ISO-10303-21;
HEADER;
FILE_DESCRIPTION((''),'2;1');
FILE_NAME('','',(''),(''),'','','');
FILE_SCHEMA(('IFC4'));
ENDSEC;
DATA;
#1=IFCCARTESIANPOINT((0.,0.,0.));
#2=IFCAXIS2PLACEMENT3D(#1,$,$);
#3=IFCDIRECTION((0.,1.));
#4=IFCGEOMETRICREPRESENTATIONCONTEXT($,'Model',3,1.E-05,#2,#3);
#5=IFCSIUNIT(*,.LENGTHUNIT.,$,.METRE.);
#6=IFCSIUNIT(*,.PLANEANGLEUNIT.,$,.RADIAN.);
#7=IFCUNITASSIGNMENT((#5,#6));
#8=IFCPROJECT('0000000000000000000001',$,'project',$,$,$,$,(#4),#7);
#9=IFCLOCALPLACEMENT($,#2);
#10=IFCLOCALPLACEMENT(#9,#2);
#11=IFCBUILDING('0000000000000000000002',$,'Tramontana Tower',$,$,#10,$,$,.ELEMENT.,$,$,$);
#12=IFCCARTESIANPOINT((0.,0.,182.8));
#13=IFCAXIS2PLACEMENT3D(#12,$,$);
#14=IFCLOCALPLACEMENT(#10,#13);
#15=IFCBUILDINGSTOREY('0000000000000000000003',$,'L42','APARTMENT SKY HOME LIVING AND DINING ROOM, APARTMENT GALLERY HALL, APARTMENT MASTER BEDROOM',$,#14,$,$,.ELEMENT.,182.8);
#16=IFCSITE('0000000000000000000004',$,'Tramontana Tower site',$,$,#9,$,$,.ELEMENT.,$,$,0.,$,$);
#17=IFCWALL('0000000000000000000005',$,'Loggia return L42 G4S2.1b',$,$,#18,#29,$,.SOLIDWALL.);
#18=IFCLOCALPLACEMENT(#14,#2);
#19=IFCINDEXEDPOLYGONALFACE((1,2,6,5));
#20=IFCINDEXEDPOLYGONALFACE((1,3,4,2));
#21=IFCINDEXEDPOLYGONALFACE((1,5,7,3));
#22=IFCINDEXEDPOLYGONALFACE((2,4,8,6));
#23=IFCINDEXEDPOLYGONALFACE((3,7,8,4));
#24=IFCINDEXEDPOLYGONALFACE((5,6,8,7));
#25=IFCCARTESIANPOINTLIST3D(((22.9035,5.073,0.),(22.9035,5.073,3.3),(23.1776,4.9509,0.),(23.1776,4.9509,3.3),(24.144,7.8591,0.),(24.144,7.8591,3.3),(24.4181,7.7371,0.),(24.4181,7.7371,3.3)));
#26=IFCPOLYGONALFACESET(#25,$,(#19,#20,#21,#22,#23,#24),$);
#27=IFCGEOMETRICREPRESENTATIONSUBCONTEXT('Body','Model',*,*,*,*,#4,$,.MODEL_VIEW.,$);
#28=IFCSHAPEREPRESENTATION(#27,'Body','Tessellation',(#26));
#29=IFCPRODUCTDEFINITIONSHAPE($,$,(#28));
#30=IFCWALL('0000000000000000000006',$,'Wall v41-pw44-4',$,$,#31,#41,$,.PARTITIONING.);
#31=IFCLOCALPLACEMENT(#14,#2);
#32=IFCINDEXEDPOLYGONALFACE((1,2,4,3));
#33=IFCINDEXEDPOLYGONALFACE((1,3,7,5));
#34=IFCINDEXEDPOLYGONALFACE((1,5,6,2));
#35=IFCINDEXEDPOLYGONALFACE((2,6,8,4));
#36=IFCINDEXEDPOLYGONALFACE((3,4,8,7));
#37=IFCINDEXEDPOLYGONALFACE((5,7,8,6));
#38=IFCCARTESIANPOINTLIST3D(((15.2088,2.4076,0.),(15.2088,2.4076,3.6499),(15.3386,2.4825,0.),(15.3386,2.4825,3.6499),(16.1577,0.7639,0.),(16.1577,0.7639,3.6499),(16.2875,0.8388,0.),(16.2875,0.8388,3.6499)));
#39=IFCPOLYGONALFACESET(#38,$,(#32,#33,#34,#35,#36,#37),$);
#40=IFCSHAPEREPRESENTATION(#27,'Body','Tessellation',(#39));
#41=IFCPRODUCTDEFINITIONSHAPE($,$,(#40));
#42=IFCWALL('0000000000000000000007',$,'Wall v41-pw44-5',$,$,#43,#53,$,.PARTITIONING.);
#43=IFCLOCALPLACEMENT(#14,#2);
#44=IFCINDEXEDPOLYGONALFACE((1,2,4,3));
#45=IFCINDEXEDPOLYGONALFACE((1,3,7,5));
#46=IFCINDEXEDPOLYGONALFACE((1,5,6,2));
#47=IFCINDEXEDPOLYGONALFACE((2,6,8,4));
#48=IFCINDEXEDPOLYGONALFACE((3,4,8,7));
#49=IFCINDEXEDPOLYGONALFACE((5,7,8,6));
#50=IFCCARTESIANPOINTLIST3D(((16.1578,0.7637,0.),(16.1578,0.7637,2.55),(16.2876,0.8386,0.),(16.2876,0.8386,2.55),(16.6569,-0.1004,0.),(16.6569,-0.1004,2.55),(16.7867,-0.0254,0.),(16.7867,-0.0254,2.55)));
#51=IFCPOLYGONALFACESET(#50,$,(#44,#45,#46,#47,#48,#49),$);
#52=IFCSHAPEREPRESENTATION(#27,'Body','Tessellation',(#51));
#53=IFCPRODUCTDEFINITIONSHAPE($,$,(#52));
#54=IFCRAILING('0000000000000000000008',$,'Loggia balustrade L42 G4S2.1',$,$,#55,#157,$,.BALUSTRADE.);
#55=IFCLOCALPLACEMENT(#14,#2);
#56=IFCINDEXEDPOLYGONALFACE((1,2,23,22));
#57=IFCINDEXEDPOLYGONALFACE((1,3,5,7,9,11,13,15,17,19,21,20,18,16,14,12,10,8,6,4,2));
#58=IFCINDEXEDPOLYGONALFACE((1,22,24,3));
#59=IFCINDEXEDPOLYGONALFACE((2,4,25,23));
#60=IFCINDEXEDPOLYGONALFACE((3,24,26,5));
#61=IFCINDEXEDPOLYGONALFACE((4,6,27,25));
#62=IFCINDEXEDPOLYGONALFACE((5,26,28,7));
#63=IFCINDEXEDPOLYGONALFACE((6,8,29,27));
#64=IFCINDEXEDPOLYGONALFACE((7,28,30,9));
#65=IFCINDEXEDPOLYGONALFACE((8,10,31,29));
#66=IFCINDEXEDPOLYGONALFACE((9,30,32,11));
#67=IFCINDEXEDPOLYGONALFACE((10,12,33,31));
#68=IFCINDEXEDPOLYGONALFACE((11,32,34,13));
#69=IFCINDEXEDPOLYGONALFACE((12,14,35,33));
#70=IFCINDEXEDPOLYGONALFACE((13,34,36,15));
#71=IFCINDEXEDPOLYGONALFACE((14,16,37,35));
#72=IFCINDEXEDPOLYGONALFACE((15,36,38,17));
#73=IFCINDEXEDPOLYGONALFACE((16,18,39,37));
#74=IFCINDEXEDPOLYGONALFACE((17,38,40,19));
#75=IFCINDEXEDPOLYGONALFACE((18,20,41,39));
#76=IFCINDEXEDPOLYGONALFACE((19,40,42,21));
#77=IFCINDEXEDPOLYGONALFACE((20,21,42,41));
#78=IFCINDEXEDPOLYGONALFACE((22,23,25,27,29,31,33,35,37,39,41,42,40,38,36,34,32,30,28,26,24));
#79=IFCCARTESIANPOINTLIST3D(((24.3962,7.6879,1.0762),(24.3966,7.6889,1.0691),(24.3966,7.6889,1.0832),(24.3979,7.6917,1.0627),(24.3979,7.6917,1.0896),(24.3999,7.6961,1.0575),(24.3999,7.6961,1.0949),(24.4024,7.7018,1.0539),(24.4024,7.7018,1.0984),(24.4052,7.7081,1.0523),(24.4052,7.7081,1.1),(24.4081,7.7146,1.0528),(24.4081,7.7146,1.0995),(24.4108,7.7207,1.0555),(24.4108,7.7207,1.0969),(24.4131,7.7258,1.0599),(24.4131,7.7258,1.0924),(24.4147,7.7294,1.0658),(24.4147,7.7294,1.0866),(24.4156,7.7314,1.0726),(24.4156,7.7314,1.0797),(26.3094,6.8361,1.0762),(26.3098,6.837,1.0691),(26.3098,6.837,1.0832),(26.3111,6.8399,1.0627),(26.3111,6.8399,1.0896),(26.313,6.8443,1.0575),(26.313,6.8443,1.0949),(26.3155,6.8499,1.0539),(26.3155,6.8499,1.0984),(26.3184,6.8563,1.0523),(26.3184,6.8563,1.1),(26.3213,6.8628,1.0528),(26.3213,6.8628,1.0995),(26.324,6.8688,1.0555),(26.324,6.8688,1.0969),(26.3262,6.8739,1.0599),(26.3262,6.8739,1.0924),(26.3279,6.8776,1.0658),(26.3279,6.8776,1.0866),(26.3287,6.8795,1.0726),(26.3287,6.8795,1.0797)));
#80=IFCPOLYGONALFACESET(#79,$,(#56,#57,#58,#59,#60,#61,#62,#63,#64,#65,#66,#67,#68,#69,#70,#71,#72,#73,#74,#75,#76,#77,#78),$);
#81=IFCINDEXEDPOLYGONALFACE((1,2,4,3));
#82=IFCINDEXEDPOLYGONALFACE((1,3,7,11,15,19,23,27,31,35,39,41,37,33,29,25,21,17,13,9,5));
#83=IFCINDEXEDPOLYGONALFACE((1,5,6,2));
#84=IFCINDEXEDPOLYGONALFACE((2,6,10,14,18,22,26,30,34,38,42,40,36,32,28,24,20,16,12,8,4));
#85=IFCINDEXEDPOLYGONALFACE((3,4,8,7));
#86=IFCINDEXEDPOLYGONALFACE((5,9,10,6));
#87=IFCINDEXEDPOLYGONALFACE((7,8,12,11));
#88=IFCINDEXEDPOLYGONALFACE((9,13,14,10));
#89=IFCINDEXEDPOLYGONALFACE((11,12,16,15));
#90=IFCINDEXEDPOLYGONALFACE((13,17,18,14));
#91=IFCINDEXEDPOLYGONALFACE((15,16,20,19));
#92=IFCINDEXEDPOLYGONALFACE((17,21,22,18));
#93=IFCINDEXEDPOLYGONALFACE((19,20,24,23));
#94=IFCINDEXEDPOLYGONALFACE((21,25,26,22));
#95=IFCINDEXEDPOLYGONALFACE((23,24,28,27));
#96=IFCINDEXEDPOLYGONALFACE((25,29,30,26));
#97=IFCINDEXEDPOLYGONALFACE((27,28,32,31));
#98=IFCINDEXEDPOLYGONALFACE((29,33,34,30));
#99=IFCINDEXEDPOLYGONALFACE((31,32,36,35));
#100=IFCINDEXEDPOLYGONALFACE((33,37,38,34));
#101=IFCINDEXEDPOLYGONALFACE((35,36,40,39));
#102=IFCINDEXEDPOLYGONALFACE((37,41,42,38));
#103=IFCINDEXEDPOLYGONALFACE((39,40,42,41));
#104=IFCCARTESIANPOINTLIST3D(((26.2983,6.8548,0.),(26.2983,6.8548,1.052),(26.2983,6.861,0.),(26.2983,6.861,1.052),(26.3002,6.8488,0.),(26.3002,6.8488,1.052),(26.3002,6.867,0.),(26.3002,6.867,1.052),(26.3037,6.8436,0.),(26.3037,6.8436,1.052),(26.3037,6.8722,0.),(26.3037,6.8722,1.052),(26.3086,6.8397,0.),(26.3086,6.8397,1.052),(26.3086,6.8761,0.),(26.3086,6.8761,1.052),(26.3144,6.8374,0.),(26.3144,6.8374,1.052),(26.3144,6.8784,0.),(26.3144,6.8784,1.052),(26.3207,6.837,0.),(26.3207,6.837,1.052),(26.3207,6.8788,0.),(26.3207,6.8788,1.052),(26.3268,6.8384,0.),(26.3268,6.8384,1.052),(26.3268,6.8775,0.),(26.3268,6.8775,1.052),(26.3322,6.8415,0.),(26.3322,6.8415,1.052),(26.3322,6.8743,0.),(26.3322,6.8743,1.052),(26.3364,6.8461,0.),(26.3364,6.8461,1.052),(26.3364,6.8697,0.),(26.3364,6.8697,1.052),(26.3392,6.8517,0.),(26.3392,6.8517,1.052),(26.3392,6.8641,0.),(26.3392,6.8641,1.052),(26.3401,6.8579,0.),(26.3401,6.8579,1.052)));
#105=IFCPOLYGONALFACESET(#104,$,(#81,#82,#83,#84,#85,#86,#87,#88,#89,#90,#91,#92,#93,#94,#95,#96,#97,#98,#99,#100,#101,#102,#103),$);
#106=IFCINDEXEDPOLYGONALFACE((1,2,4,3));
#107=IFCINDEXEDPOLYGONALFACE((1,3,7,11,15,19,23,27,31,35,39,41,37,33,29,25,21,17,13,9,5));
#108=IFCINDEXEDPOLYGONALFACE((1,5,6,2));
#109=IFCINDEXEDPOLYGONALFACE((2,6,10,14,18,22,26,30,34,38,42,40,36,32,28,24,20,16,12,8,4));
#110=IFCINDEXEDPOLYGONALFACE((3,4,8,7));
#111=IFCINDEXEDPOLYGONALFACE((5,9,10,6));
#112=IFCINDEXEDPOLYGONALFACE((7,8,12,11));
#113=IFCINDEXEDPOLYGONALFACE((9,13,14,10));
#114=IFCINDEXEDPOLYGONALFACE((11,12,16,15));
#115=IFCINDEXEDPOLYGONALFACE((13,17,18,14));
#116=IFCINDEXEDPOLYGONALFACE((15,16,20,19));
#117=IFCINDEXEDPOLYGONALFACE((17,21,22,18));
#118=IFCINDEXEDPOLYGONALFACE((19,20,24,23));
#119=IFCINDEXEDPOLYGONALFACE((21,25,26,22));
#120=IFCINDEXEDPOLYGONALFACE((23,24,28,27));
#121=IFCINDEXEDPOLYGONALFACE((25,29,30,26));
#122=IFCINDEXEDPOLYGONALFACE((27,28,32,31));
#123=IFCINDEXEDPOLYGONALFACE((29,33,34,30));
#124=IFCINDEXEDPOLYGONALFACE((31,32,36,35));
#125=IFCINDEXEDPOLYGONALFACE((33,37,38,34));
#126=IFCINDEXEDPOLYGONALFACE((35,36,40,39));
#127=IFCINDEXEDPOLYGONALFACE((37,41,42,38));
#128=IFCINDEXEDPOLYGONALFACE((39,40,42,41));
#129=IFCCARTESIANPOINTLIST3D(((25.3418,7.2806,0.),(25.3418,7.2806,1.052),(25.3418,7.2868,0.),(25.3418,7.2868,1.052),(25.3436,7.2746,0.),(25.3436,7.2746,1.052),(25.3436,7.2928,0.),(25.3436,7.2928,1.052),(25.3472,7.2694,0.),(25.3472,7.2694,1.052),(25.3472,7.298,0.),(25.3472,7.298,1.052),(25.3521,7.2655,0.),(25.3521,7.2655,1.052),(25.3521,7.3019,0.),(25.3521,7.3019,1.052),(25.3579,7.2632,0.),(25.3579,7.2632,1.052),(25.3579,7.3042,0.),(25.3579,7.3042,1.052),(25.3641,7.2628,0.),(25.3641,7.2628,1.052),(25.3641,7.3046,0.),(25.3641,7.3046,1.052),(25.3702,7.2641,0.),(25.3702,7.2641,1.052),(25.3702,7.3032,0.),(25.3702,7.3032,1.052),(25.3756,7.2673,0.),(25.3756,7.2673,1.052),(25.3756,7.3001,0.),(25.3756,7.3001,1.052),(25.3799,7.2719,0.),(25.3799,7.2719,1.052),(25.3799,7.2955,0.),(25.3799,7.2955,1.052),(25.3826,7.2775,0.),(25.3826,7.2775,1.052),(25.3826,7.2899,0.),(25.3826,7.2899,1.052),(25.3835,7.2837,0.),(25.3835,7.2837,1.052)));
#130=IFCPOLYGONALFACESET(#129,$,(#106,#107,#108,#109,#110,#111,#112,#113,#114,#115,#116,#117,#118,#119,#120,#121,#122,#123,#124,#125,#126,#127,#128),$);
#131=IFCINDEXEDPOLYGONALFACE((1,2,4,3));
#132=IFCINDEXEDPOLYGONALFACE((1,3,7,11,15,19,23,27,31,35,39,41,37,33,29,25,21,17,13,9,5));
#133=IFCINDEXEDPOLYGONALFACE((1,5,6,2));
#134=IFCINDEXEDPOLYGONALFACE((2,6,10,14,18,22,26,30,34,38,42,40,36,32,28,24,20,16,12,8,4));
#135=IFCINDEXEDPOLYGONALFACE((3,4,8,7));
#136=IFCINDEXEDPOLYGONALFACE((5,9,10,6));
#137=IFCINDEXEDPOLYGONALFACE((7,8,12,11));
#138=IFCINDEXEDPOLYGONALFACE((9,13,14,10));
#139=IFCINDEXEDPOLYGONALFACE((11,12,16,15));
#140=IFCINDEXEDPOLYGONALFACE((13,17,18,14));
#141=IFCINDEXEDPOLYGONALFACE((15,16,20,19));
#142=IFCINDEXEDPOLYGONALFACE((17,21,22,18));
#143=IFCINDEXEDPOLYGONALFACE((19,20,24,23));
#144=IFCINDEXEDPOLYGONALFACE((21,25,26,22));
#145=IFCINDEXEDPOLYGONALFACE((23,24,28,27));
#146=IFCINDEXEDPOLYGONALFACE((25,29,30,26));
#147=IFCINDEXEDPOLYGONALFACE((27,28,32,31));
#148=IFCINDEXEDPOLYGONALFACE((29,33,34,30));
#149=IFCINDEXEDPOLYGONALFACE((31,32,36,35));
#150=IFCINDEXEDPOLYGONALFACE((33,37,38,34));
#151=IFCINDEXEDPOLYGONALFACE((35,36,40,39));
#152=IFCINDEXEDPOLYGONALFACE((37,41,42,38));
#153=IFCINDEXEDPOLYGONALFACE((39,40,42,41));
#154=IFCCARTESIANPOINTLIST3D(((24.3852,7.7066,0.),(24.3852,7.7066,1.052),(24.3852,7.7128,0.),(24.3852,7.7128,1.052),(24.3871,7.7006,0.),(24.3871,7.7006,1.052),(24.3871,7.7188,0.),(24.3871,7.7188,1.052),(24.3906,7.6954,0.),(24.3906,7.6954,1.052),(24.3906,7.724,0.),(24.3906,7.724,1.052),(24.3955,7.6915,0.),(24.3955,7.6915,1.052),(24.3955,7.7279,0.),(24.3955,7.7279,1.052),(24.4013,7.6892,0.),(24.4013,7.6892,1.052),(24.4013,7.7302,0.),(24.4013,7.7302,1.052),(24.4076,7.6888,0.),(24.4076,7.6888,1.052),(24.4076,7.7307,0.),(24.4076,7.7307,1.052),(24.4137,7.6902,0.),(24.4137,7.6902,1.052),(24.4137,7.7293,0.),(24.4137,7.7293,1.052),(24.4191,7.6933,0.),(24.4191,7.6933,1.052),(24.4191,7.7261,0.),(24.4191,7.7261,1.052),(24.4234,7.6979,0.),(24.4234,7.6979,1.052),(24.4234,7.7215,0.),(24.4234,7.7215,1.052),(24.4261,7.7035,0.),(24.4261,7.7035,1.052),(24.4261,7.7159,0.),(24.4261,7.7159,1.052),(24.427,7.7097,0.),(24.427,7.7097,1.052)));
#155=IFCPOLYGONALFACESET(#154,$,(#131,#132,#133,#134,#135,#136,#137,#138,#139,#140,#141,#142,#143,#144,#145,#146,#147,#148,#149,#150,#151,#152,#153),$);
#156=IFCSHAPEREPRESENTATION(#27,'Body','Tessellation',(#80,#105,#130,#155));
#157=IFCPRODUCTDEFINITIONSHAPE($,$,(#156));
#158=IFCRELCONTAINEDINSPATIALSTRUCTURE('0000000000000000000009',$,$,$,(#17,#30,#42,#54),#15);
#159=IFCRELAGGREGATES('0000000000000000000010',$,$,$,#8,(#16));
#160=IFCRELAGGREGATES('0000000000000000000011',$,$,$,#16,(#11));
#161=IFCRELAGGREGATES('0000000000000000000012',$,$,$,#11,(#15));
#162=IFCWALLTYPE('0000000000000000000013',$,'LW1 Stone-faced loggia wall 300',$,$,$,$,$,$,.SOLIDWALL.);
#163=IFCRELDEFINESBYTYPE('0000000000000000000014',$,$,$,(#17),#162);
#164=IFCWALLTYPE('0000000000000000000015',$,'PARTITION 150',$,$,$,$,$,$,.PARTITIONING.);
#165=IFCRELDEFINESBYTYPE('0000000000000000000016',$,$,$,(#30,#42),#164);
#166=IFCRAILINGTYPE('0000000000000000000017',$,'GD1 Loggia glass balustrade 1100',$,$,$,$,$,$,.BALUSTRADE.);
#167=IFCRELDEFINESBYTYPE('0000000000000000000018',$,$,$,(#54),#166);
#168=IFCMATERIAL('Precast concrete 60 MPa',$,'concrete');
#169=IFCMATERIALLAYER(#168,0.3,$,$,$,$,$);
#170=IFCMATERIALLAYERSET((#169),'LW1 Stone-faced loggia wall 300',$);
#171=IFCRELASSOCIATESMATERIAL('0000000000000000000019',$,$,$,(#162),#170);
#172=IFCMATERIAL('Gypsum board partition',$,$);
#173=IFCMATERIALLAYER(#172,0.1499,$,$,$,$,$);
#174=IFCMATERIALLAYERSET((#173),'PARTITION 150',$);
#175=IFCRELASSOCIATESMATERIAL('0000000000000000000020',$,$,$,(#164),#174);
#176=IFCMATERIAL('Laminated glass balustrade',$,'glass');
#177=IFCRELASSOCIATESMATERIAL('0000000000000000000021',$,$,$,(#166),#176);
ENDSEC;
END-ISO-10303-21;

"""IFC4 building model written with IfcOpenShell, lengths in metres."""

from ifc_helpers import new_model, si_unit, direction, frame, frame_2d, origin, origin_2d, place, context, subcontext, project, spatial, rectangle, circle, extrude, material, layer, layer_set, type_object, element, save


model = new_model("IFC4")

# Units and contexts
model_context = context("Model", 3, precision=1e-05, world=origin(), true_north=direction((0.0, 1.0)))
body_context = subcontext(model_context, "Body", "Model", "MODEL_VIEW")
ifc_project = project(units=[si_unit("LENGTHUNIT", "METRE"), si_unit("PLANEANGLEUNIT", "RADIAN")], contexts=[model_context])

# Site, building, storey
site_placement = place(None, origin())
site = spatial("IfcSite", under=ifc_project, at=site_placement, Name="Tramontana Tower site", CompositionType="ELEMENT", RefElevation=0.0)
building_placement = place(site_placement, origin())
building = spatial("IfcBuilding", under=site, at=building_placement, Name="Tramontana Tower", CompositionType="ELEMENT")
storey_placement = place(building_placement, frame((0.0, 0.0, 182.8)))
storey = spatial("IfcBuildingStorey", under=building, at=storey_placement, Name="L42", Description="APARTMENT SKY HOME LIVING AND DINING ROOM, APARTMENT GALLERY HALL, APARTMENT MASTER BEDROOM", CompositionType="ELEMENT", Elevation=182.8)

# Shared definitions
ifc_material_1 = material(Name="Precast concrete 60 MPa", Category="concrete")
ifc_layer_1 = layer(ifc_material_1, 0.3)
ifc_layer_set_1 = layer_set([ifc_layer_1], Name="LW1 Stone-faced loggia wall 300")
wall_type_1 = type_object("IfcWallType", Name="LW1 Stone-faced loggia wall 300", PredefinedType="SOLIDWALL", material=ifc_layer_set_1)

# Walls
for number, where, z_axis, x_axis, name in (
    (1, (24.281, 7.7981, 0.0), (0.0, 0.0, 1.0), (-0.40674, -0.913544, 0.0), "Loggia return L42 G4S2.1b"),
):
    element("IfcWall", number, at=place(storey_placement, frame(where, z_axis=z_axis, x_axis=x_axis)), inside=storey, type_object=wall_type_1, Name=name, PredefinedType="SOLIDWALL", context=body_context, shape_type="SweptSolid", body=[
        extrude(rectangle(XDim=3.0498, YDim=0.3, at=frame_2d((1.5249, 0.0))), origin(), (0.0, 0.0, 1.0), 3.3),
    ])
ifc_material_2 = material(Name="Gypsum board partition")
ifc_layer_2 = layer(ifc_material_2, 0.1499)
ifc_layer_set_2 = layer_set([ifc_layer_2], Name="PARTITION 150")
wall_type_2 = type_object("IfcWallType", Name="PARTITION 150", PredefinedType="PARTITIONING", material=ifc_layer_set_2)
wall_1_placement = place(storey_placement, frame((15.2737, 2.4451, 0.0), z_axis=(0.0, 0.0, 1.0), x_axis=(0.499971, -0.866042, 0.0)))
element("IfcWall", 2, at=wall_1_placement, inside=storey, type_object=wall_type_2, Name="Wall v41-pw44-4", PredefinedType="PARTITIONING", context=body_context, shape_type="SweptSolid", body=[
    extrude(rectangle(XDim=1.8979, YDim=0.1499, at=frame_2d((0.949, 0.0))), origin(), (0.0, 0.0, 1.0), 3.6499),
])
wall_2_placement = place(storey_placement, frame((16.2227, 0.8013, 0.0), z_axis=(0.0, 0.0, 1.0), x_axis=(0.500139, -0.865945, 0.0)))
element("IfcWall", 3, at=wall_2_placement, inside=storey, type_object=wall_type_2, Name="Wall v41-pw44-5", PredefinedType="PARTITIONING", context=body_context, shape_type="SweptSolid", body=[
    extrude(rectangle(XDim=0.9978, YDim=0.1499, at=frame_2d((0.499, 0.0))), origin(), (0.0, 0.0, 1.0), 2.55),
])

# Railing
ifc_material_3 = material(Name="Laminated glass balustrade", Category="glass")
railing_type = type_object("IfcRailingType", Name="GD1 Loggia glass balustrade 1100", PredefinedType="BALUSTRADE", material=ifc_material_3)
railing_1_placement = place(storey_placement, frame((26.3191, 6.8579, 0.0)))
element("IfcRailing", 4, at=railing_1_placement, inside=storey, type_object=railing_type, Name="Loggia balustrade L42 G4S2.1", PredefinedType="BALUSTRADE", context=body_context, shape_type="SweptSolid", body=[
    extrude(circle(Radius=0.0239, at=origin_2d()), frame((0.0, 0.0, 1.0762), z_axis=(-0.913537, 0.406755, 0.0), x_axis=(-0.406755, -0.913537, 0.0)), (0.0, 0.0, 1.0), 2.0942),
    extrude(circle(Radius=0.021, at=origin_2d()), origin(), (0.0, 0.0, 1.0), 1.052),
    extrude(circle(Radius=0.021, at=origin_2d()), frame((-0.9565, 0.4258, 0.0)), (0.0, 0.0, 1.0), 1.052),
    extrude(circle(Radius=0.021, at=origin_2d()), frame((-1.9131, 0.8518, 0.0)), (0.0, 0.0, 1.0), 1.052),
])

save(model, "model.ifc")
